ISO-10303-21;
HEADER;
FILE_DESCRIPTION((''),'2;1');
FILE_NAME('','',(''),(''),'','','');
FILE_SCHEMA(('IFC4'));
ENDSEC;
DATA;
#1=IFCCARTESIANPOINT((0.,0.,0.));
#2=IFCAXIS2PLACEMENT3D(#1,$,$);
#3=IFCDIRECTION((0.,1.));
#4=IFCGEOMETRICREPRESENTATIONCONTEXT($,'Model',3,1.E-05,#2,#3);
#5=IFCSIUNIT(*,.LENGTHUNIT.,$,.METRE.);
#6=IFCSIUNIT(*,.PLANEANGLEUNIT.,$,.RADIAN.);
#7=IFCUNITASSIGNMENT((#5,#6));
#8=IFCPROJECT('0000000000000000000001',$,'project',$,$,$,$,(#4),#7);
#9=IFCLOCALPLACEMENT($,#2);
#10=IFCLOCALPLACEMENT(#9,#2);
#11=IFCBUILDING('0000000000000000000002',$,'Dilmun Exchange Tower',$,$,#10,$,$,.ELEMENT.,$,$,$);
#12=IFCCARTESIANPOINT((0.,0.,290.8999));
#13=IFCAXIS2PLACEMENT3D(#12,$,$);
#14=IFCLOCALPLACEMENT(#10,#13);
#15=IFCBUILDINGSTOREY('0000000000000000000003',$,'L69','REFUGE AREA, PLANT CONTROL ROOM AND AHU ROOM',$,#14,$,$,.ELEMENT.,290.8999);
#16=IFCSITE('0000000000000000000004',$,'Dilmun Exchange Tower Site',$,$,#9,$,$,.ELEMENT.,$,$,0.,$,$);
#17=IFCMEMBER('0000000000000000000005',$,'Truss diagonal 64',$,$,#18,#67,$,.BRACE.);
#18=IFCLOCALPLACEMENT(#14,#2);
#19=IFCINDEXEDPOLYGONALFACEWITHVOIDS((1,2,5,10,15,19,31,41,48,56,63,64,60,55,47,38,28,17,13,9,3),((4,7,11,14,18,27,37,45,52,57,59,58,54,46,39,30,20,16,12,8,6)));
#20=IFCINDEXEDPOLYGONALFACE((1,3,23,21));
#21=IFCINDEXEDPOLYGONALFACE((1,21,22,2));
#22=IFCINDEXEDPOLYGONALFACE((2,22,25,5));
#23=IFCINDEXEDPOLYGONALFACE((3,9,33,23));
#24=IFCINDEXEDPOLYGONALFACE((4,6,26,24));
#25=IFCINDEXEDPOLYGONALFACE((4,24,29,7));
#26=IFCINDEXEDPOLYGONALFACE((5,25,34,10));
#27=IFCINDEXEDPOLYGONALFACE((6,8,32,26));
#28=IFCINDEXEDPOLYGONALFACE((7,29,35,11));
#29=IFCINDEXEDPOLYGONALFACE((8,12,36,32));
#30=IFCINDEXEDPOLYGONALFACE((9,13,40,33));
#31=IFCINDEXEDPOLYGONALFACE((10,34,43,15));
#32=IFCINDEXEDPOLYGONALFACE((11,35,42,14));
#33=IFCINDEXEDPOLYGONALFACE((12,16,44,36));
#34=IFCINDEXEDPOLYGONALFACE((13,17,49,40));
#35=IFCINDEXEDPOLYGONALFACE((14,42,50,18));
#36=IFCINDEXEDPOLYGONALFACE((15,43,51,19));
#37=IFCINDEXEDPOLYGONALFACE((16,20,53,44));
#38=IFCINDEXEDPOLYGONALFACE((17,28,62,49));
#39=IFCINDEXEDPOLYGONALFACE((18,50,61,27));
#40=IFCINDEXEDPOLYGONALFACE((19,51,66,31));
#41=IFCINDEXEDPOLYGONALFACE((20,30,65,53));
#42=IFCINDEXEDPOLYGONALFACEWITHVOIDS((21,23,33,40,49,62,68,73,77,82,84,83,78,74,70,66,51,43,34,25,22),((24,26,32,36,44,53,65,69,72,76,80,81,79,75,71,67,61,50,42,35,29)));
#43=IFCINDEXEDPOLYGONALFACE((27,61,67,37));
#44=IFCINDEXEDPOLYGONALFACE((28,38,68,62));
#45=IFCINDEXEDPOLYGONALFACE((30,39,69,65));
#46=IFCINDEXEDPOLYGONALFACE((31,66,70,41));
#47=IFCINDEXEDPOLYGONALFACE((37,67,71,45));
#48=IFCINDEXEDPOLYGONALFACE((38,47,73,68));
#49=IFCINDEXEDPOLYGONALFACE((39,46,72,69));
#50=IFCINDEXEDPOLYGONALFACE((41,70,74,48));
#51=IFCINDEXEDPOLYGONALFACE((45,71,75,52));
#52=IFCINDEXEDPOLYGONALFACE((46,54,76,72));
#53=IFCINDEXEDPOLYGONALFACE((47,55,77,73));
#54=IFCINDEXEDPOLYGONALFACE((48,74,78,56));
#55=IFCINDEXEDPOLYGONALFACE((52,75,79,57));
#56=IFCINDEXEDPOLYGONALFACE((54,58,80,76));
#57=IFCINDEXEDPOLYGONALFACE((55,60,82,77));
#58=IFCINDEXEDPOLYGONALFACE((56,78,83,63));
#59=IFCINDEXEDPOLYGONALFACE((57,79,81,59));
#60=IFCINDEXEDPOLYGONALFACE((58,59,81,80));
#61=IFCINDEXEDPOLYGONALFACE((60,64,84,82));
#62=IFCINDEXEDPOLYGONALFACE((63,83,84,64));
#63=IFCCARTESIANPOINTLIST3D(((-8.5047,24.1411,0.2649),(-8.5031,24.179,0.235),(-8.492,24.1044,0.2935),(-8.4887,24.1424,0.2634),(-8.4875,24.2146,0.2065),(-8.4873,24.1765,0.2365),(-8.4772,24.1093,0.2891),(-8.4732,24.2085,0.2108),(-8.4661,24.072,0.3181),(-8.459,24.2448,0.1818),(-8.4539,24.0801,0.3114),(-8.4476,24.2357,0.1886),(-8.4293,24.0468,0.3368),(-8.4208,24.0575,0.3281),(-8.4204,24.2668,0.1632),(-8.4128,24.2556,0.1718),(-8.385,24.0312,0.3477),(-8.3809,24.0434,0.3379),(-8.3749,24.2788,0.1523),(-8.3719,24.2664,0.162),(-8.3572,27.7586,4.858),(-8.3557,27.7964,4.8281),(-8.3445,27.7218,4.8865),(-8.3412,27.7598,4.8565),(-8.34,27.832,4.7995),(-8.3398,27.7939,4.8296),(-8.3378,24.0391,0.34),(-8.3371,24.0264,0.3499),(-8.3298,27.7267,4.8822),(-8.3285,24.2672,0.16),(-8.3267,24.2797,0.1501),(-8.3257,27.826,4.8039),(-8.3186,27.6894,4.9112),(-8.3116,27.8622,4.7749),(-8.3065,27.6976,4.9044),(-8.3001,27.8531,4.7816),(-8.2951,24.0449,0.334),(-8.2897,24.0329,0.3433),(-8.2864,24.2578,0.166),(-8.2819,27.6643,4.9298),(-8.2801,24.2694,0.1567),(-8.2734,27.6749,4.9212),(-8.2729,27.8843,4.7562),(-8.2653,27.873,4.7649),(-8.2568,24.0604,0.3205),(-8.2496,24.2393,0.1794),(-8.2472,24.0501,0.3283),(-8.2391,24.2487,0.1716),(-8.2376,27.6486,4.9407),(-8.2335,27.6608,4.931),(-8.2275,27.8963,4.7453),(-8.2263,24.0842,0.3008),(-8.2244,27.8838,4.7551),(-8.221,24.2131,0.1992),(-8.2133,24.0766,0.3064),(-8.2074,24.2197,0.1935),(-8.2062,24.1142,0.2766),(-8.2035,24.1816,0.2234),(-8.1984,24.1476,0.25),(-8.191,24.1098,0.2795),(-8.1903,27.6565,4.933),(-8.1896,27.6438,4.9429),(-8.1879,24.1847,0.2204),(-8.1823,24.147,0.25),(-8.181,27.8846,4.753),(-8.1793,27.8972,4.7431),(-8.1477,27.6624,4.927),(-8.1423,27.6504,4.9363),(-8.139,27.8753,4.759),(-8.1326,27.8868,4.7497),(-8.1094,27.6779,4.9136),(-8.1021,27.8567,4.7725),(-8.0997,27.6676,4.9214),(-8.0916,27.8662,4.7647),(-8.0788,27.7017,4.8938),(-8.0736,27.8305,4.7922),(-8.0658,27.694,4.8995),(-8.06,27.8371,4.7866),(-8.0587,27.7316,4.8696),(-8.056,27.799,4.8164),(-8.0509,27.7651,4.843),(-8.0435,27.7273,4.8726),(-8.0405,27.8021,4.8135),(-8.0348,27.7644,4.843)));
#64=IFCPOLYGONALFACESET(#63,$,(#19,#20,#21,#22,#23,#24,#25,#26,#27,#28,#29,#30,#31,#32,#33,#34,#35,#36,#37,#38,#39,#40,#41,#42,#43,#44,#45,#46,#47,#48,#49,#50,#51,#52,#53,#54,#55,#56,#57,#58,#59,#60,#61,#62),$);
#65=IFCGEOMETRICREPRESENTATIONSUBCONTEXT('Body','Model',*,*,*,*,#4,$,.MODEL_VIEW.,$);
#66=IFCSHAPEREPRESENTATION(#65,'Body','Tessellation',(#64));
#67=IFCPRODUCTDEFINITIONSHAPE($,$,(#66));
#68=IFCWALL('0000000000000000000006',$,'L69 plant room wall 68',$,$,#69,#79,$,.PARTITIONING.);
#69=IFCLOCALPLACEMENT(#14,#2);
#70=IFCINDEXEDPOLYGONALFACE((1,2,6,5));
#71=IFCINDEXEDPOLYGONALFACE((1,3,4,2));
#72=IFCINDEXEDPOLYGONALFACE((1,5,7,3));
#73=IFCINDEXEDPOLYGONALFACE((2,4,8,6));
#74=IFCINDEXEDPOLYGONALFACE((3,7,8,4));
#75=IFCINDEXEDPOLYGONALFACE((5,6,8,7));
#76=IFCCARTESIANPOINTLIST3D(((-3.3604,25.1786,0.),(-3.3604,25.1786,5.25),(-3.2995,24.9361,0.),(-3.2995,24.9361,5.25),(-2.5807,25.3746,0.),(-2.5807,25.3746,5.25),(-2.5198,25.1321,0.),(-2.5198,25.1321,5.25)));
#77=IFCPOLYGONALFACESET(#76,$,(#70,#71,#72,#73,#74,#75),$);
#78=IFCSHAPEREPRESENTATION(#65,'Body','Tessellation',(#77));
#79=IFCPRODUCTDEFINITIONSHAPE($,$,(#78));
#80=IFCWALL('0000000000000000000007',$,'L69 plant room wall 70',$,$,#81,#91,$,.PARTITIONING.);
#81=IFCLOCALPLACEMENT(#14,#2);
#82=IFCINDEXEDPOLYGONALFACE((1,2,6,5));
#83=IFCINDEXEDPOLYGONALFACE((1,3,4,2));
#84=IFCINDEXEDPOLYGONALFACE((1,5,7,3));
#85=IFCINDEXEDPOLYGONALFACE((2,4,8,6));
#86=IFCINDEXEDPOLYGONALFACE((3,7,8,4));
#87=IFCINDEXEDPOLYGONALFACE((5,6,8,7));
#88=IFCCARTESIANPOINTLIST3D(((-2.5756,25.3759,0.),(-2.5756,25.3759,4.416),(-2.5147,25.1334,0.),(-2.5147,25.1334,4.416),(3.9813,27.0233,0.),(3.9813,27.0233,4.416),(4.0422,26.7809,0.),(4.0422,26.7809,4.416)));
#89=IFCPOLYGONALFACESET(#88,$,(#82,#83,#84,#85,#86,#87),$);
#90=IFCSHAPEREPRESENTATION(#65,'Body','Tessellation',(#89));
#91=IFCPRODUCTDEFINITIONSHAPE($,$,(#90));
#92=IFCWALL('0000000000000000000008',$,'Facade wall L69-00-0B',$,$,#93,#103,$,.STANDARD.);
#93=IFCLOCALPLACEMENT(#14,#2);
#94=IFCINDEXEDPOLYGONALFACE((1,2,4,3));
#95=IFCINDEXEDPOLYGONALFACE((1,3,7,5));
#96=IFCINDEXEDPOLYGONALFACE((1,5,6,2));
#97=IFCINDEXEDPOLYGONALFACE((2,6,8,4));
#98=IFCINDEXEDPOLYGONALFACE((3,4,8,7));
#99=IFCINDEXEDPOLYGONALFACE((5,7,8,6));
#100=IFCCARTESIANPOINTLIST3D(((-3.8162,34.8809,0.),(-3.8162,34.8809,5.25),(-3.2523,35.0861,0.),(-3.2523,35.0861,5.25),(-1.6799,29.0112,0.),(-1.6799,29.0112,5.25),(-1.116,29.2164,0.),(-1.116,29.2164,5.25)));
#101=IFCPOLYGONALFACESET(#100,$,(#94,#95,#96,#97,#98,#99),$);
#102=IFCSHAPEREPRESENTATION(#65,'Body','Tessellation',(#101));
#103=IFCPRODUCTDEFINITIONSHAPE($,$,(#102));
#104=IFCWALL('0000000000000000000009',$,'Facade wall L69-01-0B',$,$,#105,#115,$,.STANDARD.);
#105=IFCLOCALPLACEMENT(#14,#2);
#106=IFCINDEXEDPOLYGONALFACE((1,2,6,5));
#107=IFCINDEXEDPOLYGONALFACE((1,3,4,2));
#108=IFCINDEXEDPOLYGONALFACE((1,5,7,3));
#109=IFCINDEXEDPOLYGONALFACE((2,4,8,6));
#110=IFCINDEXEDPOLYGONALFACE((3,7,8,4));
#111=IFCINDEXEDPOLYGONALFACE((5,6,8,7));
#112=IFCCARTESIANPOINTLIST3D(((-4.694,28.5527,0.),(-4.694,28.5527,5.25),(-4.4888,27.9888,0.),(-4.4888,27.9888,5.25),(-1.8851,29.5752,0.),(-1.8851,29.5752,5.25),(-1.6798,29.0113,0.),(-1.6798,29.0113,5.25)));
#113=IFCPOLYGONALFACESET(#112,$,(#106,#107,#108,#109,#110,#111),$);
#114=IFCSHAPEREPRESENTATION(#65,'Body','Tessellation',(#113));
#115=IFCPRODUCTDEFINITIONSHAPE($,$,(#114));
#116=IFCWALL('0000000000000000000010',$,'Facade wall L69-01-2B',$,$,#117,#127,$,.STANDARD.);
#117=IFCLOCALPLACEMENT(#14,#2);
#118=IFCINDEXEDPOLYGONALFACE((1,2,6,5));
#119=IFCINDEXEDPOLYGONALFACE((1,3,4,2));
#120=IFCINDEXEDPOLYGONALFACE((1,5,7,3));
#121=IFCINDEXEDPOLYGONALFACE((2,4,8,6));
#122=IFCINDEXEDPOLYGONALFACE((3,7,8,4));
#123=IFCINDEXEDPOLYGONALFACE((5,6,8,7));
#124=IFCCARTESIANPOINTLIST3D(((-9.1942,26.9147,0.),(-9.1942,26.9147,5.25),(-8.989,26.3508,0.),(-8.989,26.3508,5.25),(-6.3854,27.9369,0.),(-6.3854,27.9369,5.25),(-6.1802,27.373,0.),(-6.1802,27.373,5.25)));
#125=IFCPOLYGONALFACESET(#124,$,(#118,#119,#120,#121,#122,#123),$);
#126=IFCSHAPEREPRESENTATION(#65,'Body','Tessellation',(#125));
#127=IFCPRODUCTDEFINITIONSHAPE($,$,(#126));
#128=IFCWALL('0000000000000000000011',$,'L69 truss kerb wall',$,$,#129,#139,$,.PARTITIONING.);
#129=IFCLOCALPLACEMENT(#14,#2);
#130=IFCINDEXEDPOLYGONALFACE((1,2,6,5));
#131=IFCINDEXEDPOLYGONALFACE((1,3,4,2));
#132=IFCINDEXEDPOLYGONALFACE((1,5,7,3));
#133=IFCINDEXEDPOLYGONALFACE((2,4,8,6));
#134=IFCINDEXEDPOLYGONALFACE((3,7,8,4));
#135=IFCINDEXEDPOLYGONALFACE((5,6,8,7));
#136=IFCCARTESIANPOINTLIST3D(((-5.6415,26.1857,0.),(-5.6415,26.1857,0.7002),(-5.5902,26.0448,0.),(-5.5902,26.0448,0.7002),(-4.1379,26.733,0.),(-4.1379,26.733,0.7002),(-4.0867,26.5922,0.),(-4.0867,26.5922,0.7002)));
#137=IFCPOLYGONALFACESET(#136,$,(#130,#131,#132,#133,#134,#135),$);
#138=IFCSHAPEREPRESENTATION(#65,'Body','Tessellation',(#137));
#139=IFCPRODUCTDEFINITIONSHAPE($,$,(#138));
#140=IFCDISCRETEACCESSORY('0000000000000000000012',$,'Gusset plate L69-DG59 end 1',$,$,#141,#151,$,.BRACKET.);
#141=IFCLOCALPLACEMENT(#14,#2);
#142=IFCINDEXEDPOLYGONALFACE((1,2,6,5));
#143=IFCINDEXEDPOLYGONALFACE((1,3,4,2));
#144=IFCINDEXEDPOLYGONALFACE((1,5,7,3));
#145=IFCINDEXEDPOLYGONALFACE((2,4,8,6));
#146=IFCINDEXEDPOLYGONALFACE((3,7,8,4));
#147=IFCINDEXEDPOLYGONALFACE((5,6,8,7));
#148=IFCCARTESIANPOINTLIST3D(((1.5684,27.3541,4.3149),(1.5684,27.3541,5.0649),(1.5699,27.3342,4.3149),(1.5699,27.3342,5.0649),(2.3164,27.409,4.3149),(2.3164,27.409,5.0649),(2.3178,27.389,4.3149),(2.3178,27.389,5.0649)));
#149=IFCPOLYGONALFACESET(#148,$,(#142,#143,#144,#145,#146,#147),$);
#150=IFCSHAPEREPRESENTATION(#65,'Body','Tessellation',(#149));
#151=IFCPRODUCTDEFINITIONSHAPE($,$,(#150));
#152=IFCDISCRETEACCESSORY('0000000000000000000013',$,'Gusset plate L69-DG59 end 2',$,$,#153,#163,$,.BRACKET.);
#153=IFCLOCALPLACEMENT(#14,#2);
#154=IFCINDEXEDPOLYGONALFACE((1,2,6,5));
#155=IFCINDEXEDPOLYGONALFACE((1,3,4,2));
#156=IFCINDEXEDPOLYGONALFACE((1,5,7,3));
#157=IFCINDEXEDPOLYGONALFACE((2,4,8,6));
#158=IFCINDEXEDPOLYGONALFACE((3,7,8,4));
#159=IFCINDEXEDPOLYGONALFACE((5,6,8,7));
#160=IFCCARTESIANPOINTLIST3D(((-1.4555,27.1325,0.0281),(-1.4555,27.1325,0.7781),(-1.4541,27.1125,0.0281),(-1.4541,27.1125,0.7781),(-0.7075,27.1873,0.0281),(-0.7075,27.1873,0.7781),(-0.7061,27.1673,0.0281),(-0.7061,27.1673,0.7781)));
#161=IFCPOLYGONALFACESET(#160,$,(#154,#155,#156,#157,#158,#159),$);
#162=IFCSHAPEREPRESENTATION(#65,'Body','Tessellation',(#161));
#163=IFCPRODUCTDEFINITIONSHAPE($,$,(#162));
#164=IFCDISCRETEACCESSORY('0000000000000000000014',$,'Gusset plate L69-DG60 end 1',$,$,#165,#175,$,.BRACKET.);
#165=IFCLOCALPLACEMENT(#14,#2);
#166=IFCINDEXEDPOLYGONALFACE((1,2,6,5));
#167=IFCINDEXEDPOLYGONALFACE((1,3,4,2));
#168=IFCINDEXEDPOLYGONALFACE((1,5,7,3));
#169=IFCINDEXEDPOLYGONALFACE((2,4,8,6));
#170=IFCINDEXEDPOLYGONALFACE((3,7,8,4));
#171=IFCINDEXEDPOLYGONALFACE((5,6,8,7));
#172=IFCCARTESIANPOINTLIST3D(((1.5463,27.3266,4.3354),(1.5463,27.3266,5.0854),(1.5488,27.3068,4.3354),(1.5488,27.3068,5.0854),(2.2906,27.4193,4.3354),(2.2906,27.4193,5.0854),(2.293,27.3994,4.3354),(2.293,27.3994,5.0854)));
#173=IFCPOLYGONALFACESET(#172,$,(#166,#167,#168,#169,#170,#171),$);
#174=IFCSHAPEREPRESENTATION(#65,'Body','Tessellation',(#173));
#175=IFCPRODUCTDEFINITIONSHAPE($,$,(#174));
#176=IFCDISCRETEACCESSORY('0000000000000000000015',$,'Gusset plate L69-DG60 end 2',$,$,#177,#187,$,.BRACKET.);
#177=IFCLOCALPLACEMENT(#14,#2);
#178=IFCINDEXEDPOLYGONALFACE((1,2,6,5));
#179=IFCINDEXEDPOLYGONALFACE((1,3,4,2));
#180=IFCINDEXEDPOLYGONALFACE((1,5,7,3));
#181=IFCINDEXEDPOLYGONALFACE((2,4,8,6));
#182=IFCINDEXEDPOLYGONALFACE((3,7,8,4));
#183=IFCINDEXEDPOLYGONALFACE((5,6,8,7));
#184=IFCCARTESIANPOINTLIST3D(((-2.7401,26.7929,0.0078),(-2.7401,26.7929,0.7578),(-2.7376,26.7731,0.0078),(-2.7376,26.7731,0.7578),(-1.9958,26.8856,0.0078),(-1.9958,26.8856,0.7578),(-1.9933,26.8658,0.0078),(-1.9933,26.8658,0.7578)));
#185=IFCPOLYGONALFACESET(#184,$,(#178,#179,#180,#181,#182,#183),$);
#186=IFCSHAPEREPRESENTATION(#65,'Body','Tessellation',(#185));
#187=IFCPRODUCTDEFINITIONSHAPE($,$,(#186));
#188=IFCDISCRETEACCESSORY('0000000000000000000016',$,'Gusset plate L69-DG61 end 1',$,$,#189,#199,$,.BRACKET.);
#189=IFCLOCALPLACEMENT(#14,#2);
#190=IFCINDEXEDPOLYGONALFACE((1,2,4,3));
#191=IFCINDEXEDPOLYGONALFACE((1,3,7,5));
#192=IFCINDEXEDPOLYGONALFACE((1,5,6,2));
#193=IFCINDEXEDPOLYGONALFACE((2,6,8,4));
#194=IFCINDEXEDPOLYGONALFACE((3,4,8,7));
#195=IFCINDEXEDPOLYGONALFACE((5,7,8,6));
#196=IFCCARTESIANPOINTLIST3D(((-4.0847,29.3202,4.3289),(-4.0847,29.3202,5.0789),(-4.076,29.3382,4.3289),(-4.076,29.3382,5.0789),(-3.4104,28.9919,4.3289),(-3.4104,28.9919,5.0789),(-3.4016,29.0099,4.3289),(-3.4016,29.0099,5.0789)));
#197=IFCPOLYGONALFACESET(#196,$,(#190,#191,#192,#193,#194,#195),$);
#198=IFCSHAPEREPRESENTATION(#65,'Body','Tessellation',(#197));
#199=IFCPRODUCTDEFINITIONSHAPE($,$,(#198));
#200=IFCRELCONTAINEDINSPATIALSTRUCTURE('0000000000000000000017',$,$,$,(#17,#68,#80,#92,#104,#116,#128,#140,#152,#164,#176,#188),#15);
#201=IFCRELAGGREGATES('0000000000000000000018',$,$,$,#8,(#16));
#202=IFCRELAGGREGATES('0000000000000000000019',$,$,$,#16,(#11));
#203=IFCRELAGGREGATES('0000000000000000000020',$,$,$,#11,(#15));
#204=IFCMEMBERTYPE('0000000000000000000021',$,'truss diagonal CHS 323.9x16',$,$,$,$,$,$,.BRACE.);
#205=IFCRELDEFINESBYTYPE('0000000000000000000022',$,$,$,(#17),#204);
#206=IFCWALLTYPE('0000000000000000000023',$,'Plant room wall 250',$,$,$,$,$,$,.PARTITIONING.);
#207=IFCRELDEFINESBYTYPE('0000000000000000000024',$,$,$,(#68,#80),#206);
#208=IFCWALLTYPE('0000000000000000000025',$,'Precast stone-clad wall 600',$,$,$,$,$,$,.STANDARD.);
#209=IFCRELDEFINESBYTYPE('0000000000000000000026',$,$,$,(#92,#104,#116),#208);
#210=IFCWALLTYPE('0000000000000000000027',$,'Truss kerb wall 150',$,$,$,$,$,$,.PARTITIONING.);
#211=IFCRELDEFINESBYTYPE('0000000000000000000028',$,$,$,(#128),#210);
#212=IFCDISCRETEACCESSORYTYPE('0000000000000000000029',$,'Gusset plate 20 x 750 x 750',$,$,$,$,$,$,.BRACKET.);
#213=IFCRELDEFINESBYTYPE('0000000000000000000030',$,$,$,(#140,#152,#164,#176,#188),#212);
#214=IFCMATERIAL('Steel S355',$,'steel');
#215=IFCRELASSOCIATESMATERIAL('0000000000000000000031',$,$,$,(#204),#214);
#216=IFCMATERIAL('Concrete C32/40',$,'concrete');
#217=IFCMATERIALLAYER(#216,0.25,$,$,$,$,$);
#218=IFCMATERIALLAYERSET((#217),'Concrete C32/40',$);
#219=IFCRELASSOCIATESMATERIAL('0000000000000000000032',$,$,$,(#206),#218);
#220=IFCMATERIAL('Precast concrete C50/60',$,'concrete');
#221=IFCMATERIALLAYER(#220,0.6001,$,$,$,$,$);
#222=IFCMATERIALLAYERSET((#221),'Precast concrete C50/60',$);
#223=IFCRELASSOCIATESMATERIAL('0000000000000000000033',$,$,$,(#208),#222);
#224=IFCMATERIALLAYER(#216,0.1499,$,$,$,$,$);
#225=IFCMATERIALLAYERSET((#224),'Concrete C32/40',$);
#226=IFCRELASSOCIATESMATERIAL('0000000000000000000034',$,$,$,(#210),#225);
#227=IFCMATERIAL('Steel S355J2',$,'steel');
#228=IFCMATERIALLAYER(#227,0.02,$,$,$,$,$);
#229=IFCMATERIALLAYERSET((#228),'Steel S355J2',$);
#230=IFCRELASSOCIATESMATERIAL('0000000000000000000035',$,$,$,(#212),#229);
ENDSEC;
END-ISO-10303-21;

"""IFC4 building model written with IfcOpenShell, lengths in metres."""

from ifc_helpers import new_model, si_unit, direction, frame, frame_2d, origin, origin_2d, place, context, subcontext, project, spatial, rectangle, hollow_circle, extrude, material, layer, layer_set, material_profile, profile_set, type_object, element, save


model = new_model("IFC4")

# Units and contexts
model_context = context("Model", 3, precision=1e-05, world=origin(), true_north=direction((0.0, 1.0)))
body_context = subcontext(model_context, "Body", "Model", "MODEL_VIEW")
ifc_project = project(units=[si_unit("LENGTHUNIT", "METRE"), si_unit("PLANEANGLEUNIT", "RADIAN")], contexts=[model_context])

# Site, building, storey
site_placement = place(None, origin())
site = spatial("IfcSite", under=ifc_project, at=site_placement, Name="Dilmun Exchange Tower Site", CompositionType="ELEMENT", RefElevation=0.0)
building_placement = place(site_placement, origin())
building = spatial("IfcBuilding", under=site, at=building_placement, Name="Dilmun Exchange Tower", CompositionType="ELEMENT")
storey_placement = place(building_placement, frame((0.0, 0.0, 290.8999)))
storey = spatial("IfcBuildingStorey", under=building, at=storey_placement, Name="L69", Description="REFUGE AREA, PLANT CONTROL ROOM AND AHU ROOM", CompositionType="ELEMENT", Elevation=290.8999)

# Shared definitions
ifc_material_1 = material(Name="Steel S355", Category="steel")

# Member
ifc_material_profile_1 = material_profile(ifc_material_1, hollow_circle(Radius=0.1619, WallThickness=0.0161, at=origin_2d()), Name="CHS 323.9x16")
ifc_profile_set_1 = profile_set([ifc_material_profile_1], Name="Steel S355")
member_type = type_object("IfcMemberType", Name="truss diagonal CHS 323.9x16", PredefinedType="BRACE", material=ifc_profile_set_1)
member_1_placement = place(storey_placement, frame((-8.1965, 27.771, 4.843), z_axis=(-0.025214, -0.618537, -0.785351), x_axis=(0.99917, -0.04073, 0.0)))
element("IfcMember", 1, at=member_1_placement, inside=storey, type_object=member_type, Name="Truss diagonal 64", PredefinedType="BRACE", context=body_context, shape_type="SweptSolid", body=[
    extrude(hollow_circle(Radius=0.1619, WallThickness=0.0161, at=origin_2d()), origin(), (0.0, 0.0, 1.0), 5.8484),
])

# Walls
ifc_material_2 = material(Name="Concrete C32/40", Category="concrete")
ifc_layer_1 = layer(ifc_material_2, 0.25)
ifc_layer_set_1 = layer_set([ifc_layer_1], Name="Concrete C32/40")
wall_type_1 = type_object("IfcWallType", Name="Plant room wall 250", PredefinedType="PARTITIONING", material=ifc_layer_set_1)
wall_1_placement = place(storey_placement, frame((-3.3298, 25.0574, 0.0), z_axis=(0.0, 0.0, 1.0), x_axis=(0.96982, 0.243821, 0.0)))
element("IfcWall", 2, at=wall_1_placement, inside=storey, type_object=wall_type_1, Name="L69 plant room wall 68", PredefinedType="PARTITIONING", context=body_context, shape_type="SweptSolid", body=[
    extrude(rectangle(XDim=0.804, YDim=0.25, at=frame_2d((0.4019, 0.0))), origin(), (0.0, 0.0, 1.0), 5.25),
])
wall_2_placement = place(storey_placement, frame((-2.5452, 25.2546, 0.0), z_axis=(0.0, 0.0, 1.0), x_axis=(0.969855, 0.243683, 0.0)))
element("IfcWall", 3, at=wall_2_placement, inside=storey, type_object=wall_type_1, Name="L69 plant room wall 70", PredefinedType="PARTITIONING", context=body_context, shape_type="SweptSolid", body=[
    extrude(rectangle(XDim=6.7607, YDim=0.25, at=frame_2d((3.3804, 0.0))), origin(), (0.0, 0.0, 1.0), 4.416),
])
ifc_material_3 = material(Name="Precast concrete C50/60", Category="concrete")
ifc_layer_2 = layer(ifc_material_3, 0.6001)
ifc_layer_set_2 = layer_set([ifc_layer_2], Name="Precast concrete C50/60")
wall_type_2 = type_object("IfcWallType", Name="Precast stone-clad wall 600", PredefinedType="STANDARD", material=ifc_layer_set_2)
wall_3_placement = place(storey_placement, frame((-3.5342, 34.9834, 0.0), z_axis=(0.0, 0.0, 1.0), x_axis=(0.342, -0.9397, 0.0)))
element("IfcWall", 4, at=wall_3_placement, inside=storey, type_object=wall_type_2, Name="Facade wall L69-00-0B", PredefinedType="STANDARD", context=body_context, shape_type="SweptSolid", body=[
    extrude(rectangle(XDim=6.2463, YDim=0.6001, at=frame_2d((3.123, 0.0))), origin(), (0.0, 0.0, 1.0), 5.25),
])
wall_4_placement = place(storey_placement, frame((-1.7825, 29.2932, 0.0), z_axis=(0.0, 0.0, 1.0), x_axis=(-0.939679, -0.342058, 0.0)))
element("IfcWall", 5, at=wall_4_placement, inside=storey, type_object=wall_type_2, Name="Facade wall L69-01-0B", PredefinedType="STANDARD", context=body_context, shape_type="SweptSolid", body=[
    extrude(rectangle(XDim=2.9893, YDim=0.6001, at=frame_2d((1.4946, 0.0))), origin(), (0.0, 0.0, 1.0), 5.25),
])

# Walls
wall_5_placement = place(storey_placement, frame((-6.2827, 27.655, 0.0), z_axis=(0.0, 0.0, 1.0), x_axis=(-0.939705, -0.341986, 0.0)))
element("IfcWall", 6, at=wall_5_placement, inside=storey, type_object=wall_type_2, Name="Facade wall L69-01-2B", PredefinedType="STANDARD", context=body_context, shape_type="SweptSolid", body=[
    extrude(rectangle(XDim=2.989, YDim=0.6001, at=frame_2d((1.4946, 0.0))), origin(), (0.0, 0.0, 1.0), 5.25),
])
ifc_layer_3 = layer(ifc_material_2, 0.1499)
ifc_layer_set_3 = layer_set([ifc_layer_3], Name="Concrete C32/40")
wall_type_3 = type_object("IfcWallType", Name="Truss kerb wall 150", PredefinedType="PARTITIONING", material=ifc_layer_set_3)
wall_6_placement = place(storey_placement, frame((-4.1123, 26.6626, 0.0), z_axis=(0.0, 0.0, 1.0), x_axis=(-0.939678, -0.342062, 0.0)))
element("IfcWall", 7, at=wall_6_placement, inside=storey, type_object=wall_type_3, Name="L69 truss kerb wall", PredefinedType="PARTITIONING", context=body_context, shape_type="SweptSolid", body=[
    extrude(rectangle(XDim=1.6001, YDim=0.1499, at=frame_2d((0.8, 0.0))), origin(), (0.0, 0.0, 1.0), 0.7002),
])

# Discrete accessories
ifc_material_4 = material(Name="Steel S355J2", Category="steel")
ifc_layer_4 = layer(ifc_material_4, 0.02)
ifc_layer_set_4 = layer_set([ifc_layer_4], Name="Steel S355J2")
discrete_accessory_type = type_object("IfcDiscreteAccessoryType", Name="Gusset plate 20 x 750 x 750", PredefinedType="BRACKET", material=ifc_layer_set_4)
for number, where, z_axis, x_axis, name in (
    (8, (1.9431, 27.3716, 4.3149), (0.0, 0.0, 1.0), (-0.997324, -0.073111, 0.0), "Gusset plate L69-DG59 end 1"),
    (9, (-1.0808, 27.1499, 0.0281), (0.0, 0.0, 1.0), (-0.997324, -0.073111, 0.0), "Gusset plate L69-DG59 end 2"),
    (10, (1.9197, 27.363, 4.3354), (0.0, 0.0, 1.0), (-0.992335, -0.123575, 0.0), "Gusset plate L69-DG60 end 1"),
    (11, (-2.3667, 26.8293, 0.0078), (0.0, 0.0, 1.0), (-0.992335, -0.123575, 0.0), "Gusset plate L69-DG60 end 2"),
    (12, (-3.7432, 29.165, 4.3289), (0.0, 0.0, 1.0), (0.89912, -0.437703, 0.0), "Gusset plate L69-DG61 end 1"),
):
    element("IfcDiscreteAccessory", number, at=place(storey_placement, frame(where, z_axis=z_axis, x_axis=x_axis)), inside=storey, type_object=discrete_accessory_type, Name=name, PredefinedType="BRACKET", context=body_context, shape_type="SweptSolid", body=[
        extrude(rectangle(XDim=0.75, YDim=0.02, at=origin_2d()), origin(), (0.0, 0.0, 1.0), 0.75),
    ])

save(model, "model.ifc")
